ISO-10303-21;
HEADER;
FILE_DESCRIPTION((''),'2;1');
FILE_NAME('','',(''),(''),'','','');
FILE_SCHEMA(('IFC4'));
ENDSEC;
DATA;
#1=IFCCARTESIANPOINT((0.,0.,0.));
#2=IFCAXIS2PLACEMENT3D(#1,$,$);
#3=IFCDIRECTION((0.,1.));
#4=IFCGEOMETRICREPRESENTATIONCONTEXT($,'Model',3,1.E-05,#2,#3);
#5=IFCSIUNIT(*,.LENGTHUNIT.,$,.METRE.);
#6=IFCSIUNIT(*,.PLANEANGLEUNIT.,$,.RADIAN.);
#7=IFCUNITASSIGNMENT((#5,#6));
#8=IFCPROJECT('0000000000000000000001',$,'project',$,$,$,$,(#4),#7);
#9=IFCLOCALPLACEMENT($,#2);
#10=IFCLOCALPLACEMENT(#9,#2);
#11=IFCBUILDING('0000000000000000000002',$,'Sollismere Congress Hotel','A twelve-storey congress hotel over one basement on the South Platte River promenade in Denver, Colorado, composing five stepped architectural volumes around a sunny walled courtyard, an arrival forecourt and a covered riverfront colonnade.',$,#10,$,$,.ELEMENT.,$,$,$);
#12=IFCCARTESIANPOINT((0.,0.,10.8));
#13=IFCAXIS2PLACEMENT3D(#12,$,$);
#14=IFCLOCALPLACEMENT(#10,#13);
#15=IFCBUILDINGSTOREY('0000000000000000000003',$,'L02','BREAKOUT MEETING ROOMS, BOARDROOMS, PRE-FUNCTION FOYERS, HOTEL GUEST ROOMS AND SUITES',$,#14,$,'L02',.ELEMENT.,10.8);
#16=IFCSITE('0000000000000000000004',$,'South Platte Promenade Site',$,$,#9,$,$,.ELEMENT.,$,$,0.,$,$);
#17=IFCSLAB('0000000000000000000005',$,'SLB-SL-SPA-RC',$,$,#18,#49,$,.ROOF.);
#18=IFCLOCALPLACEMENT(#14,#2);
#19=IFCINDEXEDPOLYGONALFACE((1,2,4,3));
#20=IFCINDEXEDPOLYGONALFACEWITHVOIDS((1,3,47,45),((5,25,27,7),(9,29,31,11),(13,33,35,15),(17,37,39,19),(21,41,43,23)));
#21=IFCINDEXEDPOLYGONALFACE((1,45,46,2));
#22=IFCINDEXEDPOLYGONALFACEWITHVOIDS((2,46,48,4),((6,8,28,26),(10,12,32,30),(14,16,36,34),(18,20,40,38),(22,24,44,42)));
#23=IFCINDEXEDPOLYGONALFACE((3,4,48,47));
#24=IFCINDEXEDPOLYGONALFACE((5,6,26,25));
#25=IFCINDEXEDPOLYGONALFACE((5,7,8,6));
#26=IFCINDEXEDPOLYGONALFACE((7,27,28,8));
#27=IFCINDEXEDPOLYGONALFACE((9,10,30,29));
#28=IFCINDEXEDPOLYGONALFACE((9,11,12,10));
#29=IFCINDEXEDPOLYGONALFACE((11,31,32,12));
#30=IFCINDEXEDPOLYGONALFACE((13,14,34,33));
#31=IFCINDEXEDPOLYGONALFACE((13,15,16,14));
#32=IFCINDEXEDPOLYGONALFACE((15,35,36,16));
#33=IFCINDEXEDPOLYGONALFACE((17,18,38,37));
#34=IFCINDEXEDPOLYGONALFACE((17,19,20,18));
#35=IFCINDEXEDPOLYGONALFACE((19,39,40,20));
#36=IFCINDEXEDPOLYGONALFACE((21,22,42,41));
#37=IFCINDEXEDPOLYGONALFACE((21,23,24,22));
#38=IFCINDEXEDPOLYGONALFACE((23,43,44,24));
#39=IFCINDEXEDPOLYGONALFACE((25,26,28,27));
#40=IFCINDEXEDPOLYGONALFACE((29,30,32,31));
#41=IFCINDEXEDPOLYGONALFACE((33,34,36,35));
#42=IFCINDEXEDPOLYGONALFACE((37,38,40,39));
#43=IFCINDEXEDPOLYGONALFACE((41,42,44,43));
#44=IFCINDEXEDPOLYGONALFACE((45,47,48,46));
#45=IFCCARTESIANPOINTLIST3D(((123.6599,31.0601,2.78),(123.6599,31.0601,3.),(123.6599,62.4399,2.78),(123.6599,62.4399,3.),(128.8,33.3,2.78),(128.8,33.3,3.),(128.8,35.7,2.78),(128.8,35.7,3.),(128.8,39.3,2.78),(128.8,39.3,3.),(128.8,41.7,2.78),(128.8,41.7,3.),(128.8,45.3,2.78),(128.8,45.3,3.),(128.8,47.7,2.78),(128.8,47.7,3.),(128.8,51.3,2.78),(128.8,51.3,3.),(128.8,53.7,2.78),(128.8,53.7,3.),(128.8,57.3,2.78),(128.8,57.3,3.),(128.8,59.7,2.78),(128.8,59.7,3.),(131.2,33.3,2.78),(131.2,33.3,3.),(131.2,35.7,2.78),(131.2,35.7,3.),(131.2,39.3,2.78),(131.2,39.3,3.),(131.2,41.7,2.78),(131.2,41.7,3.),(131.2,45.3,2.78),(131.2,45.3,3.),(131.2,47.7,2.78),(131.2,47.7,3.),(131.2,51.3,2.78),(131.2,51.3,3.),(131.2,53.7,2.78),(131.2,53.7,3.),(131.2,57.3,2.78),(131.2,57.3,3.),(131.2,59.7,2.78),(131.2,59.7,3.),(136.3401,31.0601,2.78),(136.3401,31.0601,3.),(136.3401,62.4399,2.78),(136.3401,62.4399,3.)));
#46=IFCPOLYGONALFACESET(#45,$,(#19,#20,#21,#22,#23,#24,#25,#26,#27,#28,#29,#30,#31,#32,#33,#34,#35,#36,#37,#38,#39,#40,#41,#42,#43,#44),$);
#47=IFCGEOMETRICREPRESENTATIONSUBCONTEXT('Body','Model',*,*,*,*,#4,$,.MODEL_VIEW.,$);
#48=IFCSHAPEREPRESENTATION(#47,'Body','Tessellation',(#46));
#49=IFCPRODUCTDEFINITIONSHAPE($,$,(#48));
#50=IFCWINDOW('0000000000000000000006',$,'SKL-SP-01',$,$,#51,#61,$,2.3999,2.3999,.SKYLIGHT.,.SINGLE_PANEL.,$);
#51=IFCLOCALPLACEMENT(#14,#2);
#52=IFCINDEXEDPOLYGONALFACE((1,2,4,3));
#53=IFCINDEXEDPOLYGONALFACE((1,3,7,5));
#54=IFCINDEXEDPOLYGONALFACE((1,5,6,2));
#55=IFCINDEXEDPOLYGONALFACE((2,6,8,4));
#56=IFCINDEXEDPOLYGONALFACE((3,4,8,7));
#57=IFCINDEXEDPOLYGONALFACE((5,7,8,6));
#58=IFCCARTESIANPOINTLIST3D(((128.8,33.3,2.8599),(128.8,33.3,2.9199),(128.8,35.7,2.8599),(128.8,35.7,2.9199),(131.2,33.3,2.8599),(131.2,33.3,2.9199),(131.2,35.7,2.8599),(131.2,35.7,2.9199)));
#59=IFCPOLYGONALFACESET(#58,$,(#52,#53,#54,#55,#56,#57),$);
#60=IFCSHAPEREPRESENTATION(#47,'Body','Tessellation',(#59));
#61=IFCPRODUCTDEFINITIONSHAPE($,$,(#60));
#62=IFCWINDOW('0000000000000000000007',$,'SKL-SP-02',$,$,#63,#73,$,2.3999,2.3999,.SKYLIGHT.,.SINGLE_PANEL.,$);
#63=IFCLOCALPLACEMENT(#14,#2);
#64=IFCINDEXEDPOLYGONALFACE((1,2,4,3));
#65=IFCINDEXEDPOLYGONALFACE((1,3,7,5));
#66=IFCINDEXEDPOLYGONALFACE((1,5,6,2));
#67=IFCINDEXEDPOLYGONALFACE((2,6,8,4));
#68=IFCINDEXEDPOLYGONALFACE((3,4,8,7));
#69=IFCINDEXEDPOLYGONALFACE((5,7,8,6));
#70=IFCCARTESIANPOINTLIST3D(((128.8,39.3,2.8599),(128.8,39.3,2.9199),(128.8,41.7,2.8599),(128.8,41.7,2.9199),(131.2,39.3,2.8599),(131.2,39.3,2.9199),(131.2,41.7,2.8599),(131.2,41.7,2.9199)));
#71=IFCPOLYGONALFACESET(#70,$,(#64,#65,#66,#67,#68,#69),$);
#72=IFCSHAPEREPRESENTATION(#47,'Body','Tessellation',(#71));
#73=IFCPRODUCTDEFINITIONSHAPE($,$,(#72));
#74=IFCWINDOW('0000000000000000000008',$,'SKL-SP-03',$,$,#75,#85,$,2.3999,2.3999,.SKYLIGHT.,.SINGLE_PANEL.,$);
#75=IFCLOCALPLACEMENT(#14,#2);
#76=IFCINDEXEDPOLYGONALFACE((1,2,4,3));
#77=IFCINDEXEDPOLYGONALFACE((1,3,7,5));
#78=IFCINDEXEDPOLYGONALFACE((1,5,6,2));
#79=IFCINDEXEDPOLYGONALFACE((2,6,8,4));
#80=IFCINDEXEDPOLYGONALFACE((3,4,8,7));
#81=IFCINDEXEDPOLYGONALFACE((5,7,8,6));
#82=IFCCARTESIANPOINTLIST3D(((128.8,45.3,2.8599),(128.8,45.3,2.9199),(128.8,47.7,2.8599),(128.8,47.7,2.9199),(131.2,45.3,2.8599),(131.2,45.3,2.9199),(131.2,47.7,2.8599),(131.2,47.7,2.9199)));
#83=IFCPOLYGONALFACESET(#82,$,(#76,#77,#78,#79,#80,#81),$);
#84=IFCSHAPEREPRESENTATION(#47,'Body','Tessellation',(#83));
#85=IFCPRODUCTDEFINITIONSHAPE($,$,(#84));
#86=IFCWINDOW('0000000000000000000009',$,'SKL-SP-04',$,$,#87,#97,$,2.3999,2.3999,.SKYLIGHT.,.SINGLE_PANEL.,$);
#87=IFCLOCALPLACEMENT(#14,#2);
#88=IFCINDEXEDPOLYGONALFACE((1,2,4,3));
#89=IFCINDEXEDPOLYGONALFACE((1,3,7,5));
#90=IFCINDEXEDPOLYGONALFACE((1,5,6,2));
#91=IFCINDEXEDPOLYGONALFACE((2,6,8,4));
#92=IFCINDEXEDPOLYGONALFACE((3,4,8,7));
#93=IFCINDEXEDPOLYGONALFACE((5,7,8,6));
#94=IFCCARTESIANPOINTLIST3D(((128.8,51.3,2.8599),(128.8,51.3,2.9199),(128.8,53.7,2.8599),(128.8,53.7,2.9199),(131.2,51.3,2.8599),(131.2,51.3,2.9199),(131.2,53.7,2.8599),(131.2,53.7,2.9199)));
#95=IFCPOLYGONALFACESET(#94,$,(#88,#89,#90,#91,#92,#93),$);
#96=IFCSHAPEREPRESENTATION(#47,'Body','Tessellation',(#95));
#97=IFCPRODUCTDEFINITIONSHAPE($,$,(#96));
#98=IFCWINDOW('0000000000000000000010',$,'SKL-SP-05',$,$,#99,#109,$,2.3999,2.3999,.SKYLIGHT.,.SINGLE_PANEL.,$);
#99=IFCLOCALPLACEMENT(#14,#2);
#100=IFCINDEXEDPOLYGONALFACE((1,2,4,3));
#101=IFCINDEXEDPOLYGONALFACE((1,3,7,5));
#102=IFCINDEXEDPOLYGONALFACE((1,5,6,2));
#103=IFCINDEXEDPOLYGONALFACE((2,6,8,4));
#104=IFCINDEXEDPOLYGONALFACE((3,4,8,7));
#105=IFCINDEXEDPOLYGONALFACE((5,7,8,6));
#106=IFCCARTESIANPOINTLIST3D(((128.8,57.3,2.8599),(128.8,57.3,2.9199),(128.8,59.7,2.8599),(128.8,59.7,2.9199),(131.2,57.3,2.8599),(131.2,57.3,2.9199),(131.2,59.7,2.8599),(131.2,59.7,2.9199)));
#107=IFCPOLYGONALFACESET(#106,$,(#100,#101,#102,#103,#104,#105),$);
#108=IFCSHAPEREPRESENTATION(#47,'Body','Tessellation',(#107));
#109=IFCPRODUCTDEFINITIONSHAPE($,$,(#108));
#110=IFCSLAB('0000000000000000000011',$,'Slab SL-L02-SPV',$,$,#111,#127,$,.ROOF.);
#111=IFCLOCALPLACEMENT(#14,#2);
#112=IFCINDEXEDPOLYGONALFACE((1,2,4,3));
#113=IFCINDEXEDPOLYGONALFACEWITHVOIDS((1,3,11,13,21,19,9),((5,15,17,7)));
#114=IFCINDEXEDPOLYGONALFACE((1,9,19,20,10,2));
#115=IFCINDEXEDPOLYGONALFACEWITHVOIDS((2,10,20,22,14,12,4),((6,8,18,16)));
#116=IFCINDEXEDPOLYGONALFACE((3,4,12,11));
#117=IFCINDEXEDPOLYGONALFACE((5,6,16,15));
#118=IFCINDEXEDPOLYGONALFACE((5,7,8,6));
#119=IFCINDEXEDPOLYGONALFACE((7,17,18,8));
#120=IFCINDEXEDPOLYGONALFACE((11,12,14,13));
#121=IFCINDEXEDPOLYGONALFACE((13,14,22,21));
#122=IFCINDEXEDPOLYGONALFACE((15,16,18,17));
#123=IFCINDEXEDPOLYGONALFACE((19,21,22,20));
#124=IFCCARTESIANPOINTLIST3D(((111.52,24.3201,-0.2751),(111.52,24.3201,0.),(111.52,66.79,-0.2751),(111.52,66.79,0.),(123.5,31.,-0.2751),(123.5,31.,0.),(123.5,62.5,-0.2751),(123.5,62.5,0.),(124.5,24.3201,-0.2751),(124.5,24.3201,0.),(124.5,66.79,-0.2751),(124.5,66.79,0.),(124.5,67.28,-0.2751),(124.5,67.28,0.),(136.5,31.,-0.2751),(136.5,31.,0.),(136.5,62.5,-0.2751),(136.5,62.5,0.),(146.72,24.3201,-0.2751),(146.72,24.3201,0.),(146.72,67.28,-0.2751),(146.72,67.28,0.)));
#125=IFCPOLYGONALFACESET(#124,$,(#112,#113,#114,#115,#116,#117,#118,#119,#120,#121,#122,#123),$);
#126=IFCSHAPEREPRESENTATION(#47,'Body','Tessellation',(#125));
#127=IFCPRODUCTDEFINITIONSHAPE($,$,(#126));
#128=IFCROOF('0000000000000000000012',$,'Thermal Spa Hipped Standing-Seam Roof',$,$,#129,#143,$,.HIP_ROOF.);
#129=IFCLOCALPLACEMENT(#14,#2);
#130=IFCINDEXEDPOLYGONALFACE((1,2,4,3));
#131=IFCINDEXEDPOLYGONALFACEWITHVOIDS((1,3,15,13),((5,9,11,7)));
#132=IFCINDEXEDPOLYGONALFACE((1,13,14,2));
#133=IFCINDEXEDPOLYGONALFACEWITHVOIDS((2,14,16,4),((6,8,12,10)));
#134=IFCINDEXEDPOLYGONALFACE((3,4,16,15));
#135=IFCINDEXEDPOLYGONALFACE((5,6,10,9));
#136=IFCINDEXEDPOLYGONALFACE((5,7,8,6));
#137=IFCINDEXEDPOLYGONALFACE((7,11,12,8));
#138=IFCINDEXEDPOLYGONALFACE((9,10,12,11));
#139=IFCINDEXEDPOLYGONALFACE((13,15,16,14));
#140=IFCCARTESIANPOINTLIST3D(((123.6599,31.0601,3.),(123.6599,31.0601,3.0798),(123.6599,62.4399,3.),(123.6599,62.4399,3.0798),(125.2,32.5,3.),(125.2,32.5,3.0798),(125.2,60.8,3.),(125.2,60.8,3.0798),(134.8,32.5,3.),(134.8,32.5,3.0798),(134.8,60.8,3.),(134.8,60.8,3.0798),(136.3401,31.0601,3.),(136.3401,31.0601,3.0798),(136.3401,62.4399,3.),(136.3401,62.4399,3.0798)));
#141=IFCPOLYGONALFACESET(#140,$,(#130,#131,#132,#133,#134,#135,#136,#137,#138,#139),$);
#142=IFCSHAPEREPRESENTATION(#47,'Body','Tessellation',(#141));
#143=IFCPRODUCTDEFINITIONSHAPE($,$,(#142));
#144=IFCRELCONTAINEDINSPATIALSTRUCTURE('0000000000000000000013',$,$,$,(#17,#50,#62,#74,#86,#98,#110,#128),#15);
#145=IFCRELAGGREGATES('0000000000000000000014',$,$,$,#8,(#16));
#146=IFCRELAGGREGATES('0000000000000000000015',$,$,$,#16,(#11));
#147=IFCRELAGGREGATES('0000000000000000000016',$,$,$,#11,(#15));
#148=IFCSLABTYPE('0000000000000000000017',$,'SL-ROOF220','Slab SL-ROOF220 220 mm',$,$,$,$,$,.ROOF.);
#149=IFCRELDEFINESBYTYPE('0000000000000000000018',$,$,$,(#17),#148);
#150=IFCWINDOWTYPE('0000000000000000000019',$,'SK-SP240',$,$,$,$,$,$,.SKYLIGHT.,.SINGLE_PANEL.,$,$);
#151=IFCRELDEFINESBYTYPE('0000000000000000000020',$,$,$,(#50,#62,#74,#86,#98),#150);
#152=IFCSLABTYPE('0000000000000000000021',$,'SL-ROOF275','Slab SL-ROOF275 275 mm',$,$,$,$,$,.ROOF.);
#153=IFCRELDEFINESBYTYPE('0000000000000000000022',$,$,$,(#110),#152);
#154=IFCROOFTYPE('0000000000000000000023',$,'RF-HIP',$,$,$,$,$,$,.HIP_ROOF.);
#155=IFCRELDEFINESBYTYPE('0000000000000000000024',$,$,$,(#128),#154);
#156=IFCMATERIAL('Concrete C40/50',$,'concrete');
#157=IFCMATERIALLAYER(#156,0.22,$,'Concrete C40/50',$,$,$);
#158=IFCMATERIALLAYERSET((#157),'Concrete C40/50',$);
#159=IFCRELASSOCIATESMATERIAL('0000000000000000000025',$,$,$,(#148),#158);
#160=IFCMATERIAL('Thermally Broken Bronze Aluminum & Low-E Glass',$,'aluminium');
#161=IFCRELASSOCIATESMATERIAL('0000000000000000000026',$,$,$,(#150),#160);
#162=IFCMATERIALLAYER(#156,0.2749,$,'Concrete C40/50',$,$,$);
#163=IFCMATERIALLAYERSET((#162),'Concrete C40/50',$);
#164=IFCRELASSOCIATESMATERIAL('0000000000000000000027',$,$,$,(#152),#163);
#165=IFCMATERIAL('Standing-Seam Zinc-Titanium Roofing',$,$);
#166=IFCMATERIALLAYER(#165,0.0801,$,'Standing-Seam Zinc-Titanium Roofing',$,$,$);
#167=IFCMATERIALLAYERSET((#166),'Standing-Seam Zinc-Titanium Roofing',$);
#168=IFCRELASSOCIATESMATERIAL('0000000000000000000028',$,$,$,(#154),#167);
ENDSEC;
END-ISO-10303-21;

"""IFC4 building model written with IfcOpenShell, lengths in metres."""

from ifc_helpers import new_model, si_unit, direction, frame, origin, origin_2d, place, context, subcontext, project, spatial, polyline, rectangle, outline, extrude, material, layer, layer_set, type_object, element, fill, save


model = new_model("IFC4")

# Units and contexts
model_context = context("Model", 3, precision=1e-05, world=origin(), true_north=direction((0.0, 1.0)))
body_context = subcontext(model_context, "Body", "Model", "MODEL_VIEW")
ifc_project = project(units=[si_unit("LENGTHUNIT", "METRE"), si_unit("PLANEANGLEUNIT", "RADIAN")], contexts=[model_context])

# Site, building, storey
site_placement = place(None, origin())
site = spatial("IfcSite", under=ifc_project, at=site_placement, Name="South Platte Promenade Site", CompositionType="ELEMENT", RefElevation=0.0)
building_placement = place(site_placement, origin())
building = spatial("IfcBuilding", under=site, at=building_placement, Name="Sollismere Congress Hotel", Description="A twelve-storey congress hotel over one basement on the South Platte River promenade in Denver, Colorado, composing five stepped architectural volumes around a sunny walled courtyard, an arrival forecourt and a covered riverfront colonnade.", CompositionType="ELEMENT")
storey_placement = place(building_placement, frame((0.0, 0.0, 10.8)))
storey = spatial("IfcBuildingStorey", under=building, at=storey_placement, Name="L02", Description="BREAKOUT MEETING ROOMS, BOARDROOMS, PRE-FUNCTION FOYERS, HOTEL GUEST ROOMS AND SUITES", LongName="L02", CompositionType="ELEMENT", Elevation=10.8)

# Shared definitions
ifc_material_1 = material(Name="Concrete C40/50", Category="concrete")

# Slab, openings, windows
ifc_layer_1 = layer(ifc_material_1, 0.22, Name="Concrete C40/50")
ifc_layer_set_1 = layer_set([ifc_layer_1], Name="Concrete C40/50")
slab_type_1 = type_object("IfcSlabType", Name="SL-ROOF220", Description="Slab SL-ROOF220 220 mm", PredefinedType="ROOF", material=ifc_layer_set_1)
slab_1_placement = place(storey_placement, frame((0.0, 0.0, 2.78)))
slab_1 = element("IfcSlab", 1, at=slab_1_placement, inside=storey, type_object=slab_type_1, Name="SLB-SL-SPA-RC", PredefinedType="ROOF", context=body_context, shape_type="SweptSolid", body=[
    extrude(outline(polyline([(123.6599, 31.0601), (136.3401, 31.0601), (136.3401, 62.4399), (123.6599, 62.4399), (123.6599, 31.0601)]), holes=[polyline([(128.8, 35.7), (131.2, 35.7), (131.2, 33.3), (128.8, 33.3), (128.8, 35.7)]), polyline([(128.8, 41.7), (131.2, 41.7), (131.2, 39.3), (128.8, 39.3), (128.8, 41.7)]), polyline([(128.8, 47.7), (131.2, 47.7), (131.2, 45.3), (128.8, 45.3), (128.8, 47.7)]), polyline([(128.8, 53.7), (131.2, 53.7), (131.2, 51.3), (128.8, 51.3), (128.8, 53.7)]), polyline([(128.8, 59.7), (131.2, 59.7), (131.2, 57.3), (128.8, 57.3), (128.8, 59.7)])]), origin(), (0.0, 0.0, 1.0), 0.22),
])
opening_1_placement = place(slab_1_placement, frame((130.0, 34.5, -0.01)))
opening_1 = element("IfcOpeningElement", 2, at=opening_1_placement, cuts=slab_1, PredefinedType="OPENING", context=body_context, shape_type="SweptSolid", body=[
    extrude(rectangle(XDim=2.3999, YDim=2.3999, at=origin_2d()), origin(), (0.0, 0.0, 1.0), 0.24),
])
opening_2_placement = place(slab_1_placement, frame((130.0, 40.5, -0.01)))
opening_2 = element("IfcOpeningElement", 3, at=opening_2_placement, cuts=slab_1, PredefinedType="OPENING", context=body_context, shape_type="SweptSolid", body=[
    extrude(rectangle(XDim=2.3999, YDim=2.3999, at=origin_2d()), origin(), (0.0, 0.0, 1.0), 0.24),
])
opening_3_placement = place(slab_1_placement, frame((130.0, 46.5, -0.01)))
opening_3 = element("IfcOpeningElement", 4, at=opening_3_placement, cuts=slab_1, PredefinedType="OPENING", context=body_context, shape_type="SweptSolid", body=[
    extrude(rectangle(XDim=2.3999, YDim=2.3999, at=origin_2d()), origin(), (0.0, 0.0, 1.0), 0.24),
])
opening_4_placement = place(slab_1_placement, frame((130.0, 52.5, -0.01)))
opening_4 = element("IfcOpeningElement", 5, at=opening_4_placement, cuts=slab_1, PredefinedType="OPENING", context=body_context, shape_type="SweptSolid", body=[
    extrude(rectangle(XDim=2.3999, YDim=2.3999, at=origin_2d()), origin(), (0.0, 0.0, 1.0), 0.24),
])
opening_5_placement = place(slab_1_placement, frame((130.0, 58.5, -0.01)))
opening_5 = element("IfcOpeningElement", 6, at=opening_5_placement, cuts=slab_1, PredefinedType="OPENING", context=body_context, shape_type="SweptSolid", body=[
    extrude(rectangle(XDim=2.3999, YDim=2.3999, at=origin_2d()), origin(), (0.0, 0.0, 1.0), 0.24),
])
ifc_material_2 = material(Name="Thermally Broken Bronze Aluminum & Low-E Glass", Category="aluminium")
window_type = type_object("IfcWindowType", Name="SK-SP240", PartitioningType="SINGLE_PANEL", PredefinedType="SKYLIGHT", material=ifc_material_2)
window_1_placement = place(opening_1_placement, frame((0.0, 0.0, 0.0898)))
window_1 = element("IfcWindow", 7, at=window_1_placement, inside=storey, type_object=window_type, Name="SKL-SP-01", OverallHeight=2.3999, OverallWidth=2.3999, PartitioningType="SINGLE_PANEL", PredefinedType="SKYLIGHT", context=body_context, shape_type="SweptSolid", body=[
    extrude(rectangle(XDim=2.3999, YDim=2.3999, at=origin_2d()), origin(), (0.0, 0.0, 1.0), 0.0601),
])
fill(opening_1, window_1)
window_2_placement = place(opening_2_placement, frame((0.0, 0.0, 0.0898)))
window_2 = element("IfcWindow", 8, at=window_2_placement, inside=storey, type_object=window_type, Name="SKL-SP-02", OverallHeight=2.3999, OverallWidth=2.3999, PartitioningType="SINGLE_PANEL", PredefinedType="SKYLIGHT", context=body_context, shape_type="SweptSolid", body=[
    extrude(rectangle(XDim=2.3999, YDim=2.3999, at=origin_2d()), origin(), (0.0, 0.0, 1.0), 0.0601),
])
fill(opening_2, window_2)
window_3_placement = place(opening_3_placement, frame((0.0, 0.0, 0.0898)))
window_3 = element("IfcWindow", 9, at=window_3_placement, inside=storey, type_object=window_type, Name="SKL-SP-03", OverallHeight=2.3999, OverallWidth=2.3999, PartitioningType="SINGLE_PANEL", PredefinedType="SKYLIGHT", context=body_context, shape_type="SweptSolid", body=[
    extrude(rectangle(XDim=2.3999, YDim=2.3999, at=origin_2d()), origin(), (0.0, 0.0, 1.0), 0.0601),
])
fill(opening_3, window_3)
window_4_placement = place(opening_4_placement, frame((0.0, 0.0, 0.0898)))
window_4 = element("IfcWindow", 10, at=window_4_placement, inside=storey, type_object=window_type, Name="SKL-SP-04", OverallHeight=2.3999, OverallWidth=2.3999, PartitioningType="SINGLE_PANEL", PredefinedType="SKYLIGHT", context=body_context, shape_type="SweptSolid", body=[
    extrude(rectangle(XDim=2.3999, YDim=2.3999, at=origin_2d()), origin(), (0.0, 0.0, 1.0), 0.0601),
])
fill(opening_4, window_4)
window_5_placement = place(opening_5_placement, frame((0.0, 0.0, 0.0898)))
window_5 = element("IfcWindow", 11, at=window_5_placement, inside=storey, type_object=window_type, Name="SKL-SP-05", OverallHeight=2.3999, OverallWidth=2.3999, PartitioningType="SINGLE_PANEL", PredefinedType="SKYLIGHT", context=body_context, shape_type="SweptSolid", body=[
    extrude(rectangle(XDim=2.3999, YDim=2.3999, at=origin_2d()), origin(), (0.0, 0.0, 1.0), 0.0601),
])
fill(opening_5, window_5)

# Slab
ifc_layer_2 = layer(ifc_material_1, 0.2749, Name="Concrete C40/50")
ifc_layer_set_2 = layer_set([ifc_layer_2], Name="Concrete C40/50")
slab_type_2 = type_object("IfcSlabType", Name="SL-ROOF275", Description="Slab SL-ROOF275 275 mm", PredefinedType="ROOF", material=ifc_layer_set_2)
slab_2_placement = place(storey_placement, frame((0.0, 0.0, -0.2751)))
element("IfcSlab", 12, at=slab_2_placement, inside=storey, type_object=slab_type_2, Name="Slab SL-L02-SPV", PredefinedType="ROOF", context=body_context, shape_type="SweptSolid", body=[
    extrude(outline(polyline([(111.52, 24.3201), (124.5, 24.3201), (146.72, 24.3201), (146.72, 67.28), (124.5, 67.28), (124.5, 66.79), (111.52, 66.79), (111.52, 24.3201)]), holes=[polyline([(136.5, 31.0), (123.5, 31.0), (123.5, 62.5), (136.5, 62.5), (136.5, 31.0)])]), origin(), (0.0, 0.0, 1.0), 0.2751),
])

# Roof
ifc_material_3 = material(Name="Standing-Seam Zinc-Titanium Roofing")
ifc_layer_3 = layer(ifc_material_3, 0.0801, Name="Standing-Seam Zinc-Titanium Roofing")
ifc_layer_set_3 = layer_set([ifc_layer_3], Name="Standing-Seam Zinc-Titanium Roofing")
roof_type = type_object("IfcRoofType", Name="RF-HIP", PredefinedType="HIP_ROOF", material=ifc_layer_set_3)
roof_placement = place(storey_placement, frame((0.0, 0.0, 3.0)))
element("IfcRoof", 13, at=roof_placement, inside=storey, type_object=roof_type, Name="Thermal Spa Hipped Standing-Seam Roof", PredefinedType="HIP_ROOF", context=body_context, shape_type="SweptSolid", body=[
    extrude(outline(polyline([(123.6599, 31.0601), (136.3401, 31.0601), (136.3401, 62.4399), (123.6599, 62.4399), (123.6599, 31.0601)]), holes=[polyline([(125.2, 60.8), (134.8, 60.8), (134.8, 32.5), (125.2, 32.5), (125.2, 60.8)])]), origin(), (0.0, 0.0, 1.0), 0.0798),
])

save(model, "model.ifc")
